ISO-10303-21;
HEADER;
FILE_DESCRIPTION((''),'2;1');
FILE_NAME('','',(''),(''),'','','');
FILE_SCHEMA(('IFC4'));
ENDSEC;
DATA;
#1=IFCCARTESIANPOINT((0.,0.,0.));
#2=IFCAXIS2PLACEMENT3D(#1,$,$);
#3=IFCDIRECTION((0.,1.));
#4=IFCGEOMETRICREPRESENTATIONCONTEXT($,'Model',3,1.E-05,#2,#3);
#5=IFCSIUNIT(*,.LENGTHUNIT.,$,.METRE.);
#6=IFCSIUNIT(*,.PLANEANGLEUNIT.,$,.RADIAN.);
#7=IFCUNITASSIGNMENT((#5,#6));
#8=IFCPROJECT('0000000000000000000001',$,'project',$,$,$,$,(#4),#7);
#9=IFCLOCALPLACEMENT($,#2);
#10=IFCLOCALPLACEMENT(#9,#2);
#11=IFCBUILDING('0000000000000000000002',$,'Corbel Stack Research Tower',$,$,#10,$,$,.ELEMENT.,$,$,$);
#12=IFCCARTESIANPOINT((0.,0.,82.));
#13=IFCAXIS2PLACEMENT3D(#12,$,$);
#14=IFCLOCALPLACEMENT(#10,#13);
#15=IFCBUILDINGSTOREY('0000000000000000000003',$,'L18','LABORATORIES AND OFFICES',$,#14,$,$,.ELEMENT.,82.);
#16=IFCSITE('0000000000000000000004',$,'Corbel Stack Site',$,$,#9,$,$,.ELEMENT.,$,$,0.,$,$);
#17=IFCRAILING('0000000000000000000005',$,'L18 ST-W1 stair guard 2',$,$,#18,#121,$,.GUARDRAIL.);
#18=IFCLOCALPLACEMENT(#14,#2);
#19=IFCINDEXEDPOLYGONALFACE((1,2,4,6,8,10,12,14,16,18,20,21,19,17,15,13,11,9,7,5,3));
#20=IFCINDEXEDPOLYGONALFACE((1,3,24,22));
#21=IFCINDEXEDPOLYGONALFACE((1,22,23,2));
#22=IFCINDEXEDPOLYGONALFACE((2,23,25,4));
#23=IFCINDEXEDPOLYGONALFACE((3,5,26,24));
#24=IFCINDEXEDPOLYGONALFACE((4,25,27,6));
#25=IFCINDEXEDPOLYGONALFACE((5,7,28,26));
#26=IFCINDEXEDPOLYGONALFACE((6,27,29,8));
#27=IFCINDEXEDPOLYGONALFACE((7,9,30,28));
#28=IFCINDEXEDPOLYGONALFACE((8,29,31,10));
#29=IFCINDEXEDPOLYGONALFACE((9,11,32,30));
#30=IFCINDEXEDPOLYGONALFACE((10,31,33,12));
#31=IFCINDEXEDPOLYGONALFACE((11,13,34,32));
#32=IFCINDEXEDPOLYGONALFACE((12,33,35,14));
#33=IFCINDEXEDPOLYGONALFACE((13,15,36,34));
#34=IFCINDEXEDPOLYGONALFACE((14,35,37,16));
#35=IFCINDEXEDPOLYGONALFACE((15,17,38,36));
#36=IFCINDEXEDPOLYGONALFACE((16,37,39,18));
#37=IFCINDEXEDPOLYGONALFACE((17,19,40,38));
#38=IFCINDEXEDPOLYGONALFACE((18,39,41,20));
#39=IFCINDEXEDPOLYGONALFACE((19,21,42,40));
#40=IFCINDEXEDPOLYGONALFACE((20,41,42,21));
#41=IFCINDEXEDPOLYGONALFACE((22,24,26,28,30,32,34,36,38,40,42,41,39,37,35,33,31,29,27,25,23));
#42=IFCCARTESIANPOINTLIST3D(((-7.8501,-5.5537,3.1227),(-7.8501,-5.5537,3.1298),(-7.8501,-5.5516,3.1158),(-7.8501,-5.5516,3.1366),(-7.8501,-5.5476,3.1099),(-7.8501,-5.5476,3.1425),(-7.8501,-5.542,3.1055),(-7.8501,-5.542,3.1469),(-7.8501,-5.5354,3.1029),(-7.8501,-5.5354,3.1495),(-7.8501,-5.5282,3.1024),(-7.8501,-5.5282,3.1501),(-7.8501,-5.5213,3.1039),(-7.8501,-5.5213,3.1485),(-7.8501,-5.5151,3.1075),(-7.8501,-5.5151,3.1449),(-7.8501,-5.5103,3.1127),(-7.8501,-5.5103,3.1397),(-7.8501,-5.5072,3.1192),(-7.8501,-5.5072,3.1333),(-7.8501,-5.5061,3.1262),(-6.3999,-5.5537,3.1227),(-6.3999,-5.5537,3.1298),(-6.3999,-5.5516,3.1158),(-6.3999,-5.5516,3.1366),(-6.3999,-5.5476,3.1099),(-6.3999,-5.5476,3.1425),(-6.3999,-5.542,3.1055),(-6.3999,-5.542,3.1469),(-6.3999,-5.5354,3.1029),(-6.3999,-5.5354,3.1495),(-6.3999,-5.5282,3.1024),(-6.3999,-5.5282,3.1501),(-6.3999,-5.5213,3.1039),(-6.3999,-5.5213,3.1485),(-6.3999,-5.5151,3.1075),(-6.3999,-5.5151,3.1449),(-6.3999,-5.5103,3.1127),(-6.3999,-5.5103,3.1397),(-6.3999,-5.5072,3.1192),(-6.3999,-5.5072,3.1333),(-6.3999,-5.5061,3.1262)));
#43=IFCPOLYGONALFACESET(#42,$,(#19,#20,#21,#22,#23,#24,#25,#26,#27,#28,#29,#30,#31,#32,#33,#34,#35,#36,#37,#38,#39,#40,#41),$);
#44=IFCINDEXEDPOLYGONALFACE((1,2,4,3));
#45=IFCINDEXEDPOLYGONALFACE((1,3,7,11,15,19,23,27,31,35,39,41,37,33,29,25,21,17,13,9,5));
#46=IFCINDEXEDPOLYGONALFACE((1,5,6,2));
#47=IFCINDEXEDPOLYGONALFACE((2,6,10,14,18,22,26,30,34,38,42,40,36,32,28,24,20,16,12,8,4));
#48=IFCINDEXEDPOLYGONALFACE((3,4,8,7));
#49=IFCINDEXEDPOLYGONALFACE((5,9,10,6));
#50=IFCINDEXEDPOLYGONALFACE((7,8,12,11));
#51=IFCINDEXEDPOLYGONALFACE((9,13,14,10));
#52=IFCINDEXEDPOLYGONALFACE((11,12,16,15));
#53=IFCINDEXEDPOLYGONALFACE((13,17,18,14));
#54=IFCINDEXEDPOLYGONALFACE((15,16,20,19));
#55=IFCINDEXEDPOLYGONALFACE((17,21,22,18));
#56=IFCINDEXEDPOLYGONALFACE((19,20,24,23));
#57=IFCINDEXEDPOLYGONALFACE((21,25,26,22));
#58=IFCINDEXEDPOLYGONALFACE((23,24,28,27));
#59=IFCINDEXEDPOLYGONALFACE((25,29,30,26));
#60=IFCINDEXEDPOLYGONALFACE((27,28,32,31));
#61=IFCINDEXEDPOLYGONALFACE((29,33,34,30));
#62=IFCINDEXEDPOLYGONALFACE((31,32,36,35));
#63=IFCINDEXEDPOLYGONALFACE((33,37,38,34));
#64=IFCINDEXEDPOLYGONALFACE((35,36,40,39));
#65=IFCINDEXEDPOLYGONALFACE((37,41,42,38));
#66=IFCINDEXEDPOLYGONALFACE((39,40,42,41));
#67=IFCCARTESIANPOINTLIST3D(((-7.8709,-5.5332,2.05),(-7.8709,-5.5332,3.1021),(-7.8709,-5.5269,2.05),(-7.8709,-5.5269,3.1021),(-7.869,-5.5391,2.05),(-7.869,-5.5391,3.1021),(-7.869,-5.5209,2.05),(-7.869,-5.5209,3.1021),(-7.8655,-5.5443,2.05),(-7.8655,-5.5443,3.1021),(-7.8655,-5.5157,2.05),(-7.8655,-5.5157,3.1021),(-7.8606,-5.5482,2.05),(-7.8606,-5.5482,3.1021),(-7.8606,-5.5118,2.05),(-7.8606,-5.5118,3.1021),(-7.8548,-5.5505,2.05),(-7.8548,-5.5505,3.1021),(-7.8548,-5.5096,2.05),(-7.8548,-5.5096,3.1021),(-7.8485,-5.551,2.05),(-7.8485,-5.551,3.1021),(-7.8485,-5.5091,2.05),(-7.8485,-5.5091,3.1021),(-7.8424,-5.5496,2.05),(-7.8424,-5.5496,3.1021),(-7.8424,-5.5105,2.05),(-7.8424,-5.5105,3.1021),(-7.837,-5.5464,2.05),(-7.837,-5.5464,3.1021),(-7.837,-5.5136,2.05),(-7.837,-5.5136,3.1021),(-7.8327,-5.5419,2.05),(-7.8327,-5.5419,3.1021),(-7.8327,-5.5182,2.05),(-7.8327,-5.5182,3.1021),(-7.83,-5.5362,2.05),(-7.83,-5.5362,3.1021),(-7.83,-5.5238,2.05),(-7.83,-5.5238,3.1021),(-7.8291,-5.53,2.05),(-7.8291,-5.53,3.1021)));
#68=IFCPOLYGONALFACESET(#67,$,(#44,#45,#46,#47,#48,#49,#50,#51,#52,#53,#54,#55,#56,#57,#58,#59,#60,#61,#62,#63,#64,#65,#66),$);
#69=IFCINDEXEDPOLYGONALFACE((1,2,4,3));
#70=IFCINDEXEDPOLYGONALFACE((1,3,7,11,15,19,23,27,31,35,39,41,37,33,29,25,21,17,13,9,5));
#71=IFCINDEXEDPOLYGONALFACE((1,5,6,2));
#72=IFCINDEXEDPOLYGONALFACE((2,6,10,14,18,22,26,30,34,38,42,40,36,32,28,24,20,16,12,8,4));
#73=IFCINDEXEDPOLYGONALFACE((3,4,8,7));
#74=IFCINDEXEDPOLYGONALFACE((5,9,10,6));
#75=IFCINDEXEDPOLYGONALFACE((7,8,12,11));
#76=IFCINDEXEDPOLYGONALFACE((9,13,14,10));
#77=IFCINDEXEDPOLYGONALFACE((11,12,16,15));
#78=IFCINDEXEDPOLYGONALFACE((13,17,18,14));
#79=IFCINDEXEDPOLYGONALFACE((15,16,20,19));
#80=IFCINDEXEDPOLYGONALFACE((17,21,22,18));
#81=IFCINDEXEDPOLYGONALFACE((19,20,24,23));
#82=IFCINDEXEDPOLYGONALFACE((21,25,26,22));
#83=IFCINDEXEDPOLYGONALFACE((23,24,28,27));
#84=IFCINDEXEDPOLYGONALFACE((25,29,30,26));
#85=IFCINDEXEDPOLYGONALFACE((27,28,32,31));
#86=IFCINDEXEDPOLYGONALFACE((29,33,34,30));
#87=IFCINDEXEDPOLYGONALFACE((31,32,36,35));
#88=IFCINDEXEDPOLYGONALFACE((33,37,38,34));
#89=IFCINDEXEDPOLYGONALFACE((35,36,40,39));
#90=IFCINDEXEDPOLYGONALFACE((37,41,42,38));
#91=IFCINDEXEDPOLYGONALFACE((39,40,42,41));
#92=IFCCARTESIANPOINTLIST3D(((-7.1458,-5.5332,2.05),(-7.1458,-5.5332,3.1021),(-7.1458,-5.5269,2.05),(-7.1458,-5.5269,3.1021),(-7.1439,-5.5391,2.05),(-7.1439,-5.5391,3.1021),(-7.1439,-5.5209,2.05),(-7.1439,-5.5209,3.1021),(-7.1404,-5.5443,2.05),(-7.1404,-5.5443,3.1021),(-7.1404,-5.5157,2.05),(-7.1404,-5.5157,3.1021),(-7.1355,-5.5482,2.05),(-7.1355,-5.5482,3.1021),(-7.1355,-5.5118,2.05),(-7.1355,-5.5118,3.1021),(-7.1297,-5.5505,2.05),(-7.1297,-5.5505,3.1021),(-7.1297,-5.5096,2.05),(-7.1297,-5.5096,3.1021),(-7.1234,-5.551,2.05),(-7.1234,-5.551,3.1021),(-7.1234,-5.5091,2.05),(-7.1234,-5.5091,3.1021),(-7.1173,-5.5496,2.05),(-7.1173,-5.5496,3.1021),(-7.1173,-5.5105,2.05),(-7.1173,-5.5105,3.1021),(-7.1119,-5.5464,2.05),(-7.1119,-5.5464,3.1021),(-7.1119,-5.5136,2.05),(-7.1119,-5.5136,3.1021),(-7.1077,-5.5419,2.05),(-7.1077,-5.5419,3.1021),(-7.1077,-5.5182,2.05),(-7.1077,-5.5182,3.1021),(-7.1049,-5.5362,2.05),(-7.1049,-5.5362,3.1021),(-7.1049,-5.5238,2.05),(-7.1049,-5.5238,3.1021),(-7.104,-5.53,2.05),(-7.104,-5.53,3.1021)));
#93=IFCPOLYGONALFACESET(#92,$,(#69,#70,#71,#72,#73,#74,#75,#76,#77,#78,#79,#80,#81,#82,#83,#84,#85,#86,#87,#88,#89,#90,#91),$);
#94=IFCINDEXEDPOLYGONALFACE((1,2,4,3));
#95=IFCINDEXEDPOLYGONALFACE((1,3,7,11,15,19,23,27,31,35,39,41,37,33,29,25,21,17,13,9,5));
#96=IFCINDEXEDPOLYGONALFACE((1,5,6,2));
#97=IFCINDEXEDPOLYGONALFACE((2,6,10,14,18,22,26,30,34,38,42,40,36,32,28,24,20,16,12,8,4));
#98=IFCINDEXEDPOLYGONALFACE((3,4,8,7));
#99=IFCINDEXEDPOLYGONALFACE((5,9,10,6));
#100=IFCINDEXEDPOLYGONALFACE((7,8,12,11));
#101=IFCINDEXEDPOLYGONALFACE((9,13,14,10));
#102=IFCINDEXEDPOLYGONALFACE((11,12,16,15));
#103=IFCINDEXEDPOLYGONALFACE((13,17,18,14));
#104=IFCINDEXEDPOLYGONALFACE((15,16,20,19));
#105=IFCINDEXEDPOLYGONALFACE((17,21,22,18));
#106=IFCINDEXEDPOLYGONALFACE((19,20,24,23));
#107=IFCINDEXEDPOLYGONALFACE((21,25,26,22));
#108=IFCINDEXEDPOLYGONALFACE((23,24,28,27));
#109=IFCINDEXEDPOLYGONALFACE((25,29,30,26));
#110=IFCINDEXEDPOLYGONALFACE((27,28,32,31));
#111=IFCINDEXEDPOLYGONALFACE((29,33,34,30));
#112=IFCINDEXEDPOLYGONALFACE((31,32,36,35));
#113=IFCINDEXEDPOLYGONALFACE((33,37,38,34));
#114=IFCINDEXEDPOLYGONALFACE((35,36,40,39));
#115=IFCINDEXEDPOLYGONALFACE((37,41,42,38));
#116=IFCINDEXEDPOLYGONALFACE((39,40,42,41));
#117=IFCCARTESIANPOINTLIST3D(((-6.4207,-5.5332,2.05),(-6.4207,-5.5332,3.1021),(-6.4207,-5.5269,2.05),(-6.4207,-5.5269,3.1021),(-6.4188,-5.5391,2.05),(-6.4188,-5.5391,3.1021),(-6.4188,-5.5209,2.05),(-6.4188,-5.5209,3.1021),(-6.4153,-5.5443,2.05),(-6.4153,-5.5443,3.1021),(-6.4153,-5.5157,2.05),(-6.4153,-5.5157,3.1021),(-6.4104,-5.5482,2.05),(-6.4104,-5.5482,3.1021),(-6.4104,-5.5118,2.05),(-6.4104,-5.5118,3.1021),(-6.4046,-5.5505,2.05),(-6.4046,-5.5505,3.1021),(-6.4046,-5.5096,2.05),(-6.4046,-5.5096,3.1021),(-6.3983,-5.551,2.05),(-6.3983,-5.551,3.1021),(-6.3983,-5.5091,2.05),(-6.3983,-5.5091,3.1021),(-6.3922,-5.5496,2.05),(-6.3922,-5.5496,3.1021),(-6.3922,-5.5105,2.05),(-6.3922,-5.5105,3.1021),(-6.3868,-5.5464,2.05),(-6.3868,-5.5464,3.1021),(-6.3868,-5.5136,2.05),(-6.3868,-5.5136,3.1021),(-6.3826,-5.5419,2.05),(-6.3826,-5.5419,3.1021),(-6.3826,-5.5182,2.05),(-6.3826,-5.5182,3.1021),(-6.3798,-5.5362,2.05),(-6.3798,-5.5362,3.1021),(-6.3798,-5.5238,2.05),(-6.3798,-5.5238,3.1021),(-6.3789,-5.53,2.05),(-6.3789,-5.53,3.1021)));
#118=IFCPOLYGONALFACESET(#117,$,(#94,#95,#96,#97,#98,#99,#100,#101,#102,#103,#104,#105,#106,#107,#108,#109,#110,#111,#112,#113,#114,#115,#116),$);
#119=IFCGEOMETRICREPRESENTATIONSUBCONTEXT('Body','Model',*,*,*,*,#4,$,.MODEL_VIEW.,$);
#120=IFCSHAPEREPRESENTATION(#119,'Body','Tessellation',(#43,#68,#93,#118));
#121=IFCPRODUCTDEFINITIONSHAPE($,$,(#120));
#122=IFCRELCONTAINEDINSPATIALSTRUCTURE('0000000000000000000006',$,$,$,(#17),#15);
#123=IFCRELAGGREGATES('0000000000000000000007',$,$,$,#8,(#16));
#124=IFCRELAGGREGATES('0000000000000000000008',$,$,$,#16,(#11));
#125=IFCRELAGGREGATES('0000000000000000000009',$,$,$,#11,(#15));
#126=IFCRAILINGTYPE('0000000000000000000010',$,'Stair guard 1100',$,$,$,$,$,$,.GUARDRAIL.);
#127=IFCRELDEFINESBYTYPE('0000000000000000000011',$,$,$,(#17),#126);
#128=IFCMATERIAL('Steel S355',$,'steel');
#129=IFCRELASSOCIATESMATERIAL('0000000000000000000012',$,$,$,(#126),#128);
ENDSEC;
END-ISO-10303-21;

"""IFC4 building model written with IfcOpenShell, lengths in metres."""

from ifc_helpers import new_model, si_unit, direction, frame, origin, origin_2d, place, context, subcontext, project, spatial, circle, extrude, material, type_object, element, save


model = new_model("IFC4")

# Units and contexts
model_context = context("Model", 3, precision=1e-05, world=origin(), true_north=direction((0.0, 1.0)))
body_context = subcontext(model_context, "Body", "Model", "MODEL_VIEW")
ifc_project = project(units=[si_unit("LENGTHUNIT", "METRE"), si_unit("PLANEANGLEUNIT", "RADIAN")], contexts=[model_context])

# Site, building, storey
site_placement = place(None, origin())
site = spatial("IfcSite", under=ifc_project, at=site_placement, Name="Corbel Stack Site", CompositionType="ELEMENT", RefElevation=0.0)
building_placement = place(site_placement, origin())
building = spatial("IfcBuilding", under=site, at=building_placement, Name="Corbel Stack Research Tower", CompositionType="ELEMENT")
storey_placement = place(building_placement, frame((0.0, 0.0, 82.0)))
storey = spatial("IfcBuildingStorey", under=building, at=storey_placement, Name="L18", Description="LABORATORIES AND OFFICES", CompositionType="ELEMENT", Elevation=82.0)

# Railing
ifc_material_1 = material(Name="Steel S355", Category="steel")
railing_type_1 = type_object("IfcRailingType", Name="Stair guard 1100", PredefinedType="GUARDRAIL", material=ifc_material_1)
railing_1_placement = place(storey_placement, frame((-7.8501, -5.53, 2.05)))
element("IfcRailing", 1, at=railing_1_placement, inside=storey, type_object=railing_type_1, Name="L18 ST-W1 stair guard 2", PredefinedType="GUARDRAIL", context=body_context, shape_type="SweptSolid", body=[
    extrude(circle(Radius=0.0239, at=origin_2d()), frame((0.0, 0.0, 1.0762), z_axis=(1.0, 0.0, 0.0), x_axis=(0.0, 1.0, 0.0)), (0.0, 0.0, 1.0), 1.4502),
    extrude(circle(Radius=0.021, at=origin_2d()), origin(), (0.0, 0.0, 1.0), 1.052),
    extrude(circle(Radius=0.021, at=origin_2d()), frame((0.7251, 0.0, 0.0)), (0.0, 0.0, 1.0), 1.052),
    extrude(circle(Radius=0.021, at=origin_2d()), frame((1.4502, 0.0, 0.0)), (0.0, 0.0, 1.0), 1.052),
])

save(model, "model.ifc")
